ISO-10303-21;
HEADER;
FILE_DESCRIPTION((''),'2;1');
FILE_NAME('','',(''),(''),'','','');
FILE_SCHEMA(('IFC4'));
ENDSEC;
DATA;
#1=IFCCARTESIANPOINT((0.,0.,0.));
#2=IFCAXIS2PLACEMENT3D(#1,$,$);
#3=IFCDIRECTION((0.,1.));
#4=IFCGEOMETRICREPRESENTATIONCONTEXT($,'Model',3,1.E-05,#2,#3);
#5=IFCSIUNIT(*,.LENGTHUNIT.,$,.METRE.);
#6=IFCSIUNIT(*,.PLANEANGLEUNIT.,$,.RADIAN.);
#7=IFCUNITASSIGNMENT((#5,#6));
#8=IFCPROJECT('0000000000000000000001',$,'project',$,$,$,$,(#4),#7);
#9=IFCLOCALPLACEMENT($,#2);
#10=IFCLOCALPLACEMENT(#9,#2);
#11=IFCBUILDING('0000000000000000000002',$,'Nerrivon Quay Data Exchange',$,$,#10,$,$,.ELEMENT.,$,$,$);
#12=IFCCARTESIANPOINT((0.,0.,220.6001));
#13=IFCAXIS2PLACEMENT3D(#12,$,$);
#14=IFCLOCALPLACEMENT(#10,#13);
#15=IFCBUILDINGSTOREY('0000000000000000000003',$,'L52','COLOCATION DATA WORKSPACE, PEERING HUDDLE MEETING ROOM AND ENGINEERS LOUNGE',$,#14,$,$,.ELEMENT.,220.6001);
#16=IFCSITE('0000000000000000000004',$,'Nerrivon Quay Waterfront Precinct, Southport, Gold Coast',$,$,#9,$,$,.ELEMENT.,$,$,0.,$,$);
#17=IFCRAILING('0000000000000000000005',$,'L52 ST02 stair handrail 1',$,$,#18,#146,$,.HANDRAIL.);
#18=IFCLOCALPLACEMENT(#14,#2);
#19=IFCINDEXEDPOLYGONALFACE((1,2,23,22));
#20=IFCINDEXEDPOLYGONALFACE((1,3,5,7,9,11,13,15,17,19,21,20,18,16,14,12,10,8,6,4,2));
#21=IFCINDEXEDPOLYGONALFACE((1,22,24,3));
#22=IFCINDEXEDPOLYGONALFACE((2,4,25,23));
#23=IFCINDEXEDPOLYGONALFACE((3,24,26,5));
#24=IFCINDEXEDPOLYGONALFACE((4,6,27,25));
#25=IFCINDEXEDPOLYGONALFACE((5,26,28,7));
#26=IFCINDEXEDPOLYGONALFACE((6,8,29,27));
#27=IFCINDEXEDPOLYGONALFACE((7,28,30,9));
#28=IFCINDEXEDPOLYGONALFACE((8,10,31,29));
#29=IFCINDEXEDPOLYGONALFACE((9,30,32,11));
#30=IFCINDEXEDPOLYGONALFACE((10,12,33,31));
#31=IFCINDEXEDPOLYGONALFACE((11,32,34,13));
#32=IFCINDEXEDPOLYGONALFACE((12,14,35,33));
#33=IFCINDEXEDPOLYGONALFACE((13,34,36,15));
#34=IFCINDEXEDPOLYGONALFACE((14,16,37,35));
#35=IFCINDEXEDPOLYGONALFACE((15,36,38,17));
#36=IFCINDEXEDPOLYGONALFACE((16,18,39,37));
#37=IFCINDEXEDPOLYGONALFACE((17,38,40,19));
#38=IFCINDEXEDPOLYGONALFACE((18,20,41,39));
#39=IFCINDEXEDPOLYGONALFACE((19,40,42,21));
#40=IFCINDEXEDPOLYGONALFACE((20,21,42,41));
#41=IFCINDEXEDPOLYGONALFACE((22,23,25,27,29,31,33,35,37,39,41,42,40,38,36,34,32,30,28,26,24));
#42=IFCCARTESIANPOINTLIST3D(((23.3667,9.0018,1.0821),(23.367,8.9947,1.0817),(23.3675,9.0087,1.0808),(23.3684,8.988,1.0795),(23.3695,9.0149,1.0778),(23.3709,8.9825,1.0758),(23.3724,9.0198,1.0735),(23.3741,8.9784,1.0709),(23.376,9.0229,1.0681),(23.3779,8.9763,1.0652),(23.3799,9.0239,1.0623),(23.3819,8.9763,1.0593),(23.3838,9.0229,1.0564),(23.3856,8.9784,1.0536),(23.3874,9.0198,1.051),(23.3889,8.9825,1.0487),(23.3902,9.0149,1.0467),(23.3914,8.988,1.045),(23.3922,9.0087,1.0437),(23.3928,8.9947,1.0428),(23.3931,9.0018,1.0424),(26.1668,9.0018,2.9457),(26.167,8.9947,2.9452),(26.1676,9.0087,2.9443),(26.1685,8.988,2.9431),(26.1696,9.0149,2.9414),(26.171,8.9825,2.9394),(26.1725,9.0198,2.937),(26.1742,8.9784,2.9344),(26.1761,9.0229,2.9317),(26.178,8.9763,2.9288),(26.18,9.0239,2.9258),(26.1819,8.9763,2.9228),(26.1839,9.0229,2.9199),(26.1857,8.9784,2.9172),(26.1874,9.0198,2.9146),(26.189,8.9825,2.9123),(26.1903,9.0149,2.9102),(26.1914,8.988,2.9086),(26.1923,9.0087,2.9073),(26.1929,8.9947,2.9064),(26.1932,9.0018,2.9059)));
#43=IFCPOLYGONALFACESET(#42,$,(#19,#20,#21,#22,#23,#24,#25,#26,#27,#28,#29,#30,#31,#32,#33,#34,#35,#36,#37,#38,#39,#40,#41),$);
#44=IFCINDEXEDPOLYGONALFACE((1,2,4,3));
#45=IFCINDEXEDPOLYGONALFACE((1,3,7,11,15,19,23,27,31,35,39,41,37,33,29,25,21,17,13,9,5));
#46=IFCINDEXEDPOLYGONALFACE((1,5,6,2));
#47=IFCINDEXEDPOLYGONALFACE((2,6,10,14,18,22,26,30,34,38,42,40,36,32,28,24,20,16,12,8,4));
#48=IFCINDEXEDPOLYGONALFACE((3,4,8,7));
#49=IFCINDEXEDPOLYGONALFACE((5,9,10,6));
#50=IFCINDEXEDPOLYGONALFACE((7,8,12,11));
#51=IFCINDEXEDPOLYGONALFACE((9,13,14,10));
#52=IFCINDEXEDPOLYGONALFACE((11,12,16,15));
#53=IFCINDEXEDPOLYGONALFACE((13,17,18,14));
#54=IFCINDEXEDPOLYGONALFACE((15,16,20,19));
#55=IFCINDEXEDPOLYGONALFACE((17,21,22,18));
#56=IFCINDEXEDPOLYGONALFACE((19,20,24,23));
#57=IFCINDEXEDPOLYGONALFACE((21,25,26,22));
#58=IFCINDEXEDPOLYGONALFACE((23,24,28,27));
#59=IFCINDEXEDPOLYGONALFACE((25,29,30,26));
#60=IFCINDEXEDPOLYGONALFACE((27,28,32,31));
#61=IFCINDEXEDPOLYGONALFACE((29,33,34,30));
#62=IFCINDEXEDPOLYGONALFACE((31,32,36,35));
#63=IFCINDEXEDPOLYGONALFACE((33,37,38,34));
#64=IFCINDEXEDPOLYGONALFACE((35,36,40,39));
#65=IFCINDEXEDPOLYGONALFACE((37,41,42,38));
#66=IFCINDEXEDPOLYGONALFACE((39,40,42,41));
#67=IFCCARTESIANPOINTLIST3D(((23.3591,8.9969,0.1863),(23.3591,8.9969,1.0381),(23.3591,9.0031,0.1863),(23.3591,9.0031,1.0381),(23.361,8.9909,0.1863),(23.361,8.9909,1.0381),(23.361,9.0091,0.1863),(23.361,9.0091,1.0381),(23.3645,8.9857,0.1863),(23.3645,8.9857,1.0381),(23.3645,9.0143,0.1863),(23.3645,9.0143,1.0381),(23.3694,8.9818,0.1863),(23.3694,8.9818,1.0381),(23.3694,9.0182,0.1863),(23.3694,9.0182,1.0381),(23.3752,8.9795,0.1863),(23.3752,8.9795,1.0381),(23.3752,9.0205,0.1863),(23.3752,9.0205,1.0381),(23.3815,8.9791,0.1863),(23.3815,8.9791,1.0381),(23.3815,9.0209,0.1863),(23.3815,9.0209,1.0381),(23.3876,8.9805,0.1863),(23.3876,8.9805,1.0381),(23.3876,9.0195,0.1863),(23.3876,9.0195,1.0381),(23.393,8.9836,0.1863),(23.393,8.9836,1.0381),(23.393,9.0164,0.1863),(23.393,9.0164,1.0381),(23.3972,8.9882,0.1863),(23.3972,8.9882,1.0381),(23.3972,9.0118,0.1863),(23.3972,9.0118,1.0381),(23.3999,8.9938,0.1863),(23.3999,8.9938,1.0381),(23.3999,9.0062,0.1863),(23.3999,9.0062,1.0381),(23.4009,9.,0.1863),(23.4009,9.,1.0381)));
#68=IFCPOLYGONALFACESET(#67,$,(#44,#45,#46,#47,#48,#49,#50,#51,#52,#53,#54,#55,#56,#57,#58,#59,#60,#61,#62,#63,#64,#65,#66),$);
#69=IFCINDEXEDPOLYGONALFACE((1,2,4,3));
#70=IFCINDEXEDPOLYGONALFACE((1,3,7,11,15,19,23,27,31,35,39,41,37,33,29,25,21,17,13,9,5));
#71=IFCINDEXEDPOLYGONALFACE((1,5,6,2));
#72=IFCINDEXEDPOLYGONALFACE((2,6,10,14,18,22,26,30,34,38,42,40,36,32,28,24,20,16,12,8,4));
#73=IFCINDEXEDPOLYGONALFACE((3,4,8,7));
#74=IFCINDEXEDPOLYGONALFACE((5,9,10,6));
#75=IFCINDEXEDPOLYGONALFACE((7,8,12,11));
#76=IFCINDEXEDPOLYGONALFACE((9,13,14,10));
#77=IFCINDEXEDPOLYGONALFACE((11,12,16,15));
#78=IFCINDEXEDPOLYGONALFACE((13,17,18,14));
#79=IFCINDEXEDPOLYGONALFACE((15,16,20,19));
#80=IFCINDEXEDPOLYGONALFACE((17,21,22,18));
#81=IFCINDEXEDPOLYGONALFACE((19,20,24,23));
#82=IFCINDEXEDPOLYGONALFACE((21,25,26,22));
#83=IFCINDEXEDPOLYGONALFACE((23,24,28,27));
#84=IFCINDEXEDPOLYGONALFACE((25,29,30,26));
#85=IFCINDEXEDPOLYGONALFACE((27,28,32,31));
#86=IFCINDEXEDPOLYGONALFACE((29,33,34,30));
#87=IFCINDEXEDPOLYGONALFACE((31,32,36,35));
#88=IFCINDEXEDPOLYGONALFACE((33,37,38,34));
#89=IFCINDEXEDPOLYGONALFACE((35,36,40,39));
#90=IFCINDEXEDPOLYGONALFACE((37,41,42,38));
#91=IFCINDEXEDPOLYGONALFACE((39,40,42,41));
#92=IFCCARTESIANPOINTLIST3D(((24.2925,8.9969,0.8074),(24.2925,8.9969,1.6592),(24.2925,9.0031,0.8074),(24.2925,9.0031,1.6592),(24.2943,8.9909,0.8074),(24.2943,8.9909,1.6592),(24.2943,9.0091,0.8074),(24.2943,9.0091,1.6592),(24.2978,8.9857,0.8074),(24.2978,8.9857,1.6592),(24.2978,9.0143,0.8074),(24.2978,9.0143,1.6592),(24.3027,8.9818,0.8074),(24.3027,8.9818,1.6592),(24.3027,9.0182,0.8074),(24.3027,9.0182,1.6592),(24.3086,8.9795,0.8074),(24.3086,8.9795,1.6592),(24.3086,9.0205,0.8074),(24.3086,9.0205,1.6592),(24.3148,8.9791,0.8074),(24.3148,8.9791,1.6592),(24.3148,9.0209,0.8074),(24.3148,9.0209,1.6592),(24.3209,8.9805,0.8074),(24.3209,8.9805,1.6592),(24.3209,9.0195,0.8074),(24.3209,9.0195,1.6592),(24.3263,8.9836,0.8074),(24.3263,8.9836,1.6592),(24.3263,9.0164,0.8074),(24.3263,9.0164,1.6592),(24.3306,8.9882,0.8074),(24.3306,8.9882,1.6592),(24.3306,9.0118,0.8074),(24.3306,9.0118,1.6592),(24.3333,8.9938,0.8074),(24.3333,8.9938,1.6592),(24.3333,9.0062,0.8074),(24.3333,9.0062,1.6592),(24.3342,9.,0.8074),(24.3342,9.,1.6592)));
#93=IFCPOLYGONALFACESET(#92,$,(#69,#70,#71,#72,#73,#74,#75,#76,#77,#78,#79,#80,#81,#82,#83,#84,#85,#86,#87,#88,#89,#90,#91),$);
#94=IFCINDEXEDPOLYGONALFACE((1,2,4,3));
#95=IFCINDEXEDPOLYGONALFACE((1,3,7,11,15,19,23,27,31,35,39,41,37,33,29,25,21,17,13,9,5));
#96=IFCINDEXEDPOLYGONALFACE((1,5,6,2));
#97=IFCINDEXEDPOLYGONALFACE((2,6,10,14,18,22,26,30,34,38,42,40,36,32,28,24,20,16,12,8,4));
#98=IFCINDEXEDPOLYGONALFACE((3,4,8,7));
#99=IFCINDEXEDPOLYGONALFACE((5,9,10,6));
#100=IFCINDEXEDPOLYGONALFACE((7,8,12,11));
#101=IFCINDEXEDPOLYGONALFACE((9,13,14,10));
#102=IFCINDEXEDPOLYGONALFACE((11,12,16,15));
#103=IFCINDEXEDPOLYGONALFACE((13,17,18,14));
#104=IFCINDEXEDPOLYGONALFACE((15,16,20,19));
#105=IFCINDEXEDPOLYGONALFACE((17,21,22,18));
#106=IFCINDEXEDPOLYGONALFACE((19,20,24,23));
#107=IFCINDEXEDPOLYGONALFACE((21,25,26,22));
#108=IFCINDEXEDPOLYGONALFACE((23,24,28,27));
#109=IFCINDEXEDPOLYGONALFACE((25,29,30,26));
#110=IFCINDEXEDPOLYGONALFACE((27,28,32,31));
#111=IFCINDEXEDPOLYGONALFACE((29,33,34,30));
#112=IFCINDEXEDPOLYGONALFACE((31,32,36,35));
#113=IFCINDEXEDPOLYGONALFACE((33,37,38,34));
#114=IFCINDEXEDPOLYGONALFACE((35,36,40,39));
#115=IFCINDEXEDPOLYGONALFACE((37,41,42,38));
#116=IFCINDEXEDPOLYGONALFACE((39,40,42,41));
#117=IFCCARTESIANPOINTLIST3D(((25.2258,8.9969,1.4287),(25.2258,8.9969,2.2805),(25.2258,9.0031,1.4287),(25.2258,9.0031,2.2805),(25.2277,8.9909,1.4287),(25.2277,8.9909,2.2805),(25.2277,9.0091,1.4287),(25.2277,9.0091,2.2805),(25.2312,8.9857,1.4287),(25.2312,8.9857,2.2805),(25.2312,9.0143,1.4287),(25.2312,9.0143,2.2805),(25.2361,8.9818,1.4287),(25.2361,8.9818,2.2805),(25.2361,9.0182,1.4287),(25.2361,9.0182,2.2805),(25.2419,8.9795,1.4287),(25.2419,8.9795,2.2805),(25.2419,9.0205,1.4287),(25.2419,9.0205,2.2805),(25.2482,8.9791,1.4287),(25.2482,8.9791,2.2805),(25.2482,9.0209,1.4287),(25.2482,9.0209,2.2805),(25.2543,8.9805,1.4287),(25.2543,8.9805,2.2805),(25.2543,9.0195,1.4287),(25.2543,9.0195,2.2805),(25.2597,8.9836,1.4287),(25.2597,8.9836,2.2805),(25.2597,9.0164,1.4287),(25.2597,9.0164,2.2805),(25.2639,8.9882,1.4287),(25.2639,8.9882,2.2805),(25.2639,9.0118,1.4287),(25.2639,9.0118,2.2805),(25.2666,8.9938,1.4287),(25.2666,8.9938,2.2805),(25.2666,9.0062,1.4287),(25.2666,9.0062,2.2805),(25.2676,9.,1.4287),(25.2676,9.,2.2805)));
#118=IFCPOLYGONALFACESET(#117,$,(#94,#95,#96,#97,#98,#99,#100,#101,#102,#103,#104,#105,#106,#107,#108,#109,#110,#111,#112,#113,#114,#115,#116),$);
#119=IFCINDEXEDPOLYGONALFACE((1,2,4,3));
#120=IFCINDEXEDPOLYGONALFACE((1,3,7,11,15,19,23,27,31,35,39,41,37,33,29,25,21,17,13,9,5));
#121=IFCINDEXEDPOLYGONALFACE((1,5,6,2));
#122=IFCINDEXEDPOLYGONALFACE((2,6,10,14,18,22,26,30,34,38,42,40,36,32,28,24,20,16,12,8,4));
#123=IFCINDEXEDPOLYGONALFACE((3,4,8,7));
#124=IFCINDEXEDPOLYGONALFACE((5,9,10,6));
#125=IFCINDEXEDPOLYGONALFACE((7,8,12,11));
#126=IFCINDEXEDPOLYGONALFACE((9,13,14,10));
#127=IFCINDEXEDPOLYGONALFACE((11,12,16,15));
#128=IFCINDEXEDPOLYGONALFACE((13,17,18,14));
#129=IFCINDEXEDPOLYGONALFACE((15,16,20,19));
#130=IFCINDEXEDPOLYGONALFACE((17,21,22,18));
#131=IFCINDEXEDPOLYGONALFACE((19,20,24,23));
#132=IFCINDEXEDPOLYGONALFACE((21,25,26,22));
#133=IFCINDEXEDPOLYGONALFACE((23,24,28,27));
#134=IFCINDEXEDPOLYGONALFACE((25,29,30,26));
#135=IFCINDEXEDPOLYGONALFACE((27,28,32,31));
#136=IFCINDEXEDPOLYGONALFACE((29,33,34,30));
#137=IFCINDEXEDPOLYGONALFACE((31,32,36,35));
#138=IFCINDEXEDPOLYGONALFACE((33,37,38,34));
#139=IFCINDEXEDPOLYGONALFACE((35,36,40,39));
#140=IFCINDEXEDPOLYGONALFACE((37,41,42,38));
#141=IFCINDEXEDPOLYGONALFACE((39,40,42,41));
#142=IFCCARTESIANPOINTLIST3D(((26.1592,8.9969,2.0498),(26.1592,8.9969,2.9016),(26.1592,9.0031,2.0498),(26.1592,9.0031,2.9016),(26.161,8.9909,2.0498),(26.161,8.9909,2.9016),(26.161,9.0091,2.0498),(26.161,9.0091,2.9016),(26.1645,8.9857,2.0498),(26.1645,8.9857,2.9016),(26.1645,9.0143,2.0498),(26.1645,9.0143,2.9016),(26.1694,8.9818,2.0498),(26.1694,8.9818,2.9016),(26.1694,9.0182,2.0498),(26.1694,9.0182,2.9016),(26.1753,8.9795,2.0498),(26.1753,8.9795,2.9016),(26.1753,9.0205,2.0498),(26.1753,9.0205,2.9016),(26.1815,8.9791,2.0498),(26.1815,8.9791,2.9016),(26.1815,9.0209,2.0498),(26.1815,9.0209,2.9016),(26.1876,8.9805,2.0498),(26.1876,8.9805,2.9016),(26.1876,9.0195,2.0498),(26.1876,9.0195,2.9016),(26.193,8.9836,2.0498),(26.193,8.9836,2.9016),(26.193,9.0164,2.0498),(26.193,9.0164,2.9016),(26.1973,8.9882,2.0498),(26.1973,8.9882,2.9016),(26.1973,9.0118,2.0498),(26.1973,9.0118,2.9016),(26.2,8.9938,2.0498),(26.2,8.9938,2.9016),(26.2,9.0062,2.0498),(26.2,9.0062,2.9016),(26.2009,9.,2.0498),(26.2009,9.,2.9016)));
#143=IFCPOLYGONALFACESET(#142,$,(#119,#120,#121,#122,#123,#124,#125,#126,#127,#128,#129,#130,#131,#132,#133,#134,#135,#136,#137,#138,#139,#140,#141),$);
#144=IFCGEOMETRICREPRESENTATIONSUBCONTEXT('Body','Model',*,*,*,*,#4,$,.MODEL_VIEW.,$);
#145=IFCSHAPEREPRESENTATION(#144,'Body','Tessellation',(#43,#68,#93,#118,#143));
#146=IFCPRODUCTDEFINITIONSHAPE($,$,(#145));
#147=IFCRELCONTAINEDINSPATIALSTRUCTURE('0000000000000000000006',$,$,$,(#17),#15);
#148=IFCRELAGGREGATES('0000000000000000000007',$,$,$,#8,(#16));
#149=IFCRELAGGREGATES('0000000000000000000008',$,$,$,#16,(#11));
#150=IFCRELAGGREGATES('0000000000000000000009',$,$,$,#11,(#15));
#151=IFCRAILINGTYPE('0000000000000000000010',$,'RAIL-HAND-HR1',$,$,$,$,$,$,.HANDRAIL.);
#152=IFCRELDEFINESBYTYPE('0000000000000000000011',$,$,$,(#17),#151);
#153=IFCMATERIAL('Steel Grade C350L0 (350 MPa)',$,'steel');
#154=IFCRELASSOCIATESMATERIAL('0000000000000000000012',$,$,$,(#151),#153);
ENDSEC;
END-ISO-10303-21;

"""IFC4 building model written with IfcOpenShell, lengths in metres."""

from ifc_helpers import new_model, si_unit, direction, frame, origin, origin_2d, place, context, subcontext, project, spatial, circle, extrude, material, type_object, element, save


model = new_model("IFC4")

# Units and contexts
model_context = context("Model", 3, precision=1e-05, world=origin(), true_north=direction((0.0, 1.0)))
body_context = subcontext(model_context, "Body", "Model", "MODEL_VIEW")
ifc_project = project(units=[si_unit("LENGTHUNIT", "METRE"), si_unit("PLANEANGLEUNIT", "RADIAN")], contexts=[model_context])

# Site, building, storey
site_placement = place(None, origin())
site = spatial("IfcSite", under=ifc_project, at=site_placement, Name="Nerrivon Quay Waterfront Precinct, Southport, Gold Coast", CompositionType="ELEMENT", RefElevation=0.0)
building_placement = place(site_placement, origin())
building = spatial("IfcBuilding", under=site, at=building_placement, Name="Nerrivon Quay Data Exchange", CompositionType="ELEMENT")
storey_placement = place(building_placement, frame((0.0, 0.0, 220.6001)))
storey = spatial("IfcBuildingStorey", under=building, at=storey_placement, Name="L52", Description="COLOCATION DATA WORKSPACE, PEERING HUDDLE MEETING ROOM AND ENGINEERS LOUNGE", CompositionType="ELEMENT", Elevation=220.6001)

# Railing
ifc_material_1 = material(Name="Steel Grade C350L0 (350 MPa)", Category="steel")
railing_type_1 = type_object("IfcRailingType", Name="RAIL-HAND-HR1", PredefinedType="HANDRAIL", material=ifc_material_1)
railing_1_placement = place(storey_placement, frame((23.3799, 9.0, 0.1863)))
element("IfcRailing", 1, at=railing_1_placement, inside=storey, type_object=railing_type_1, Name="L52 ST02 stair handrail 1", PredefinedType="HANDRAIL", context=body_context, shape_type="SweptSolid", body=[
    extrude(circle(Radius=0.0239, at=origin_2d()), frame((0.0, 0.0, 0.876), z_axis=(0.832486, 0.0, 0.554047), x_axis=(0.0, 1.0, 0.0)), (0.0, 0.0, 1.0), 3.3635),
    extrude(circle(Radius=0.021, at=origin_2d()), origin(), (0.0, 0.0, 1.0), 0.8518),
    extrude(circle(Radius=0.021, at=origin_2d()), frame((0.9333, 0.0, 0.6211)), (0.0, 0.0, 1.0), 0.8518),
    extrude(circle(Radius=0.021, at=origin_2d()), frame((1.8667, 0.0, 1.2424)), (0.0, 0.0, 1.0), 0.8518),
    extrude(circle(Radius=0.021, at=origin_2d()), frame((2.8, 0.0, 1.8635)), (0.0, 0.0, 1.0), 0.8518),
])

save(model, "model.ifc")
